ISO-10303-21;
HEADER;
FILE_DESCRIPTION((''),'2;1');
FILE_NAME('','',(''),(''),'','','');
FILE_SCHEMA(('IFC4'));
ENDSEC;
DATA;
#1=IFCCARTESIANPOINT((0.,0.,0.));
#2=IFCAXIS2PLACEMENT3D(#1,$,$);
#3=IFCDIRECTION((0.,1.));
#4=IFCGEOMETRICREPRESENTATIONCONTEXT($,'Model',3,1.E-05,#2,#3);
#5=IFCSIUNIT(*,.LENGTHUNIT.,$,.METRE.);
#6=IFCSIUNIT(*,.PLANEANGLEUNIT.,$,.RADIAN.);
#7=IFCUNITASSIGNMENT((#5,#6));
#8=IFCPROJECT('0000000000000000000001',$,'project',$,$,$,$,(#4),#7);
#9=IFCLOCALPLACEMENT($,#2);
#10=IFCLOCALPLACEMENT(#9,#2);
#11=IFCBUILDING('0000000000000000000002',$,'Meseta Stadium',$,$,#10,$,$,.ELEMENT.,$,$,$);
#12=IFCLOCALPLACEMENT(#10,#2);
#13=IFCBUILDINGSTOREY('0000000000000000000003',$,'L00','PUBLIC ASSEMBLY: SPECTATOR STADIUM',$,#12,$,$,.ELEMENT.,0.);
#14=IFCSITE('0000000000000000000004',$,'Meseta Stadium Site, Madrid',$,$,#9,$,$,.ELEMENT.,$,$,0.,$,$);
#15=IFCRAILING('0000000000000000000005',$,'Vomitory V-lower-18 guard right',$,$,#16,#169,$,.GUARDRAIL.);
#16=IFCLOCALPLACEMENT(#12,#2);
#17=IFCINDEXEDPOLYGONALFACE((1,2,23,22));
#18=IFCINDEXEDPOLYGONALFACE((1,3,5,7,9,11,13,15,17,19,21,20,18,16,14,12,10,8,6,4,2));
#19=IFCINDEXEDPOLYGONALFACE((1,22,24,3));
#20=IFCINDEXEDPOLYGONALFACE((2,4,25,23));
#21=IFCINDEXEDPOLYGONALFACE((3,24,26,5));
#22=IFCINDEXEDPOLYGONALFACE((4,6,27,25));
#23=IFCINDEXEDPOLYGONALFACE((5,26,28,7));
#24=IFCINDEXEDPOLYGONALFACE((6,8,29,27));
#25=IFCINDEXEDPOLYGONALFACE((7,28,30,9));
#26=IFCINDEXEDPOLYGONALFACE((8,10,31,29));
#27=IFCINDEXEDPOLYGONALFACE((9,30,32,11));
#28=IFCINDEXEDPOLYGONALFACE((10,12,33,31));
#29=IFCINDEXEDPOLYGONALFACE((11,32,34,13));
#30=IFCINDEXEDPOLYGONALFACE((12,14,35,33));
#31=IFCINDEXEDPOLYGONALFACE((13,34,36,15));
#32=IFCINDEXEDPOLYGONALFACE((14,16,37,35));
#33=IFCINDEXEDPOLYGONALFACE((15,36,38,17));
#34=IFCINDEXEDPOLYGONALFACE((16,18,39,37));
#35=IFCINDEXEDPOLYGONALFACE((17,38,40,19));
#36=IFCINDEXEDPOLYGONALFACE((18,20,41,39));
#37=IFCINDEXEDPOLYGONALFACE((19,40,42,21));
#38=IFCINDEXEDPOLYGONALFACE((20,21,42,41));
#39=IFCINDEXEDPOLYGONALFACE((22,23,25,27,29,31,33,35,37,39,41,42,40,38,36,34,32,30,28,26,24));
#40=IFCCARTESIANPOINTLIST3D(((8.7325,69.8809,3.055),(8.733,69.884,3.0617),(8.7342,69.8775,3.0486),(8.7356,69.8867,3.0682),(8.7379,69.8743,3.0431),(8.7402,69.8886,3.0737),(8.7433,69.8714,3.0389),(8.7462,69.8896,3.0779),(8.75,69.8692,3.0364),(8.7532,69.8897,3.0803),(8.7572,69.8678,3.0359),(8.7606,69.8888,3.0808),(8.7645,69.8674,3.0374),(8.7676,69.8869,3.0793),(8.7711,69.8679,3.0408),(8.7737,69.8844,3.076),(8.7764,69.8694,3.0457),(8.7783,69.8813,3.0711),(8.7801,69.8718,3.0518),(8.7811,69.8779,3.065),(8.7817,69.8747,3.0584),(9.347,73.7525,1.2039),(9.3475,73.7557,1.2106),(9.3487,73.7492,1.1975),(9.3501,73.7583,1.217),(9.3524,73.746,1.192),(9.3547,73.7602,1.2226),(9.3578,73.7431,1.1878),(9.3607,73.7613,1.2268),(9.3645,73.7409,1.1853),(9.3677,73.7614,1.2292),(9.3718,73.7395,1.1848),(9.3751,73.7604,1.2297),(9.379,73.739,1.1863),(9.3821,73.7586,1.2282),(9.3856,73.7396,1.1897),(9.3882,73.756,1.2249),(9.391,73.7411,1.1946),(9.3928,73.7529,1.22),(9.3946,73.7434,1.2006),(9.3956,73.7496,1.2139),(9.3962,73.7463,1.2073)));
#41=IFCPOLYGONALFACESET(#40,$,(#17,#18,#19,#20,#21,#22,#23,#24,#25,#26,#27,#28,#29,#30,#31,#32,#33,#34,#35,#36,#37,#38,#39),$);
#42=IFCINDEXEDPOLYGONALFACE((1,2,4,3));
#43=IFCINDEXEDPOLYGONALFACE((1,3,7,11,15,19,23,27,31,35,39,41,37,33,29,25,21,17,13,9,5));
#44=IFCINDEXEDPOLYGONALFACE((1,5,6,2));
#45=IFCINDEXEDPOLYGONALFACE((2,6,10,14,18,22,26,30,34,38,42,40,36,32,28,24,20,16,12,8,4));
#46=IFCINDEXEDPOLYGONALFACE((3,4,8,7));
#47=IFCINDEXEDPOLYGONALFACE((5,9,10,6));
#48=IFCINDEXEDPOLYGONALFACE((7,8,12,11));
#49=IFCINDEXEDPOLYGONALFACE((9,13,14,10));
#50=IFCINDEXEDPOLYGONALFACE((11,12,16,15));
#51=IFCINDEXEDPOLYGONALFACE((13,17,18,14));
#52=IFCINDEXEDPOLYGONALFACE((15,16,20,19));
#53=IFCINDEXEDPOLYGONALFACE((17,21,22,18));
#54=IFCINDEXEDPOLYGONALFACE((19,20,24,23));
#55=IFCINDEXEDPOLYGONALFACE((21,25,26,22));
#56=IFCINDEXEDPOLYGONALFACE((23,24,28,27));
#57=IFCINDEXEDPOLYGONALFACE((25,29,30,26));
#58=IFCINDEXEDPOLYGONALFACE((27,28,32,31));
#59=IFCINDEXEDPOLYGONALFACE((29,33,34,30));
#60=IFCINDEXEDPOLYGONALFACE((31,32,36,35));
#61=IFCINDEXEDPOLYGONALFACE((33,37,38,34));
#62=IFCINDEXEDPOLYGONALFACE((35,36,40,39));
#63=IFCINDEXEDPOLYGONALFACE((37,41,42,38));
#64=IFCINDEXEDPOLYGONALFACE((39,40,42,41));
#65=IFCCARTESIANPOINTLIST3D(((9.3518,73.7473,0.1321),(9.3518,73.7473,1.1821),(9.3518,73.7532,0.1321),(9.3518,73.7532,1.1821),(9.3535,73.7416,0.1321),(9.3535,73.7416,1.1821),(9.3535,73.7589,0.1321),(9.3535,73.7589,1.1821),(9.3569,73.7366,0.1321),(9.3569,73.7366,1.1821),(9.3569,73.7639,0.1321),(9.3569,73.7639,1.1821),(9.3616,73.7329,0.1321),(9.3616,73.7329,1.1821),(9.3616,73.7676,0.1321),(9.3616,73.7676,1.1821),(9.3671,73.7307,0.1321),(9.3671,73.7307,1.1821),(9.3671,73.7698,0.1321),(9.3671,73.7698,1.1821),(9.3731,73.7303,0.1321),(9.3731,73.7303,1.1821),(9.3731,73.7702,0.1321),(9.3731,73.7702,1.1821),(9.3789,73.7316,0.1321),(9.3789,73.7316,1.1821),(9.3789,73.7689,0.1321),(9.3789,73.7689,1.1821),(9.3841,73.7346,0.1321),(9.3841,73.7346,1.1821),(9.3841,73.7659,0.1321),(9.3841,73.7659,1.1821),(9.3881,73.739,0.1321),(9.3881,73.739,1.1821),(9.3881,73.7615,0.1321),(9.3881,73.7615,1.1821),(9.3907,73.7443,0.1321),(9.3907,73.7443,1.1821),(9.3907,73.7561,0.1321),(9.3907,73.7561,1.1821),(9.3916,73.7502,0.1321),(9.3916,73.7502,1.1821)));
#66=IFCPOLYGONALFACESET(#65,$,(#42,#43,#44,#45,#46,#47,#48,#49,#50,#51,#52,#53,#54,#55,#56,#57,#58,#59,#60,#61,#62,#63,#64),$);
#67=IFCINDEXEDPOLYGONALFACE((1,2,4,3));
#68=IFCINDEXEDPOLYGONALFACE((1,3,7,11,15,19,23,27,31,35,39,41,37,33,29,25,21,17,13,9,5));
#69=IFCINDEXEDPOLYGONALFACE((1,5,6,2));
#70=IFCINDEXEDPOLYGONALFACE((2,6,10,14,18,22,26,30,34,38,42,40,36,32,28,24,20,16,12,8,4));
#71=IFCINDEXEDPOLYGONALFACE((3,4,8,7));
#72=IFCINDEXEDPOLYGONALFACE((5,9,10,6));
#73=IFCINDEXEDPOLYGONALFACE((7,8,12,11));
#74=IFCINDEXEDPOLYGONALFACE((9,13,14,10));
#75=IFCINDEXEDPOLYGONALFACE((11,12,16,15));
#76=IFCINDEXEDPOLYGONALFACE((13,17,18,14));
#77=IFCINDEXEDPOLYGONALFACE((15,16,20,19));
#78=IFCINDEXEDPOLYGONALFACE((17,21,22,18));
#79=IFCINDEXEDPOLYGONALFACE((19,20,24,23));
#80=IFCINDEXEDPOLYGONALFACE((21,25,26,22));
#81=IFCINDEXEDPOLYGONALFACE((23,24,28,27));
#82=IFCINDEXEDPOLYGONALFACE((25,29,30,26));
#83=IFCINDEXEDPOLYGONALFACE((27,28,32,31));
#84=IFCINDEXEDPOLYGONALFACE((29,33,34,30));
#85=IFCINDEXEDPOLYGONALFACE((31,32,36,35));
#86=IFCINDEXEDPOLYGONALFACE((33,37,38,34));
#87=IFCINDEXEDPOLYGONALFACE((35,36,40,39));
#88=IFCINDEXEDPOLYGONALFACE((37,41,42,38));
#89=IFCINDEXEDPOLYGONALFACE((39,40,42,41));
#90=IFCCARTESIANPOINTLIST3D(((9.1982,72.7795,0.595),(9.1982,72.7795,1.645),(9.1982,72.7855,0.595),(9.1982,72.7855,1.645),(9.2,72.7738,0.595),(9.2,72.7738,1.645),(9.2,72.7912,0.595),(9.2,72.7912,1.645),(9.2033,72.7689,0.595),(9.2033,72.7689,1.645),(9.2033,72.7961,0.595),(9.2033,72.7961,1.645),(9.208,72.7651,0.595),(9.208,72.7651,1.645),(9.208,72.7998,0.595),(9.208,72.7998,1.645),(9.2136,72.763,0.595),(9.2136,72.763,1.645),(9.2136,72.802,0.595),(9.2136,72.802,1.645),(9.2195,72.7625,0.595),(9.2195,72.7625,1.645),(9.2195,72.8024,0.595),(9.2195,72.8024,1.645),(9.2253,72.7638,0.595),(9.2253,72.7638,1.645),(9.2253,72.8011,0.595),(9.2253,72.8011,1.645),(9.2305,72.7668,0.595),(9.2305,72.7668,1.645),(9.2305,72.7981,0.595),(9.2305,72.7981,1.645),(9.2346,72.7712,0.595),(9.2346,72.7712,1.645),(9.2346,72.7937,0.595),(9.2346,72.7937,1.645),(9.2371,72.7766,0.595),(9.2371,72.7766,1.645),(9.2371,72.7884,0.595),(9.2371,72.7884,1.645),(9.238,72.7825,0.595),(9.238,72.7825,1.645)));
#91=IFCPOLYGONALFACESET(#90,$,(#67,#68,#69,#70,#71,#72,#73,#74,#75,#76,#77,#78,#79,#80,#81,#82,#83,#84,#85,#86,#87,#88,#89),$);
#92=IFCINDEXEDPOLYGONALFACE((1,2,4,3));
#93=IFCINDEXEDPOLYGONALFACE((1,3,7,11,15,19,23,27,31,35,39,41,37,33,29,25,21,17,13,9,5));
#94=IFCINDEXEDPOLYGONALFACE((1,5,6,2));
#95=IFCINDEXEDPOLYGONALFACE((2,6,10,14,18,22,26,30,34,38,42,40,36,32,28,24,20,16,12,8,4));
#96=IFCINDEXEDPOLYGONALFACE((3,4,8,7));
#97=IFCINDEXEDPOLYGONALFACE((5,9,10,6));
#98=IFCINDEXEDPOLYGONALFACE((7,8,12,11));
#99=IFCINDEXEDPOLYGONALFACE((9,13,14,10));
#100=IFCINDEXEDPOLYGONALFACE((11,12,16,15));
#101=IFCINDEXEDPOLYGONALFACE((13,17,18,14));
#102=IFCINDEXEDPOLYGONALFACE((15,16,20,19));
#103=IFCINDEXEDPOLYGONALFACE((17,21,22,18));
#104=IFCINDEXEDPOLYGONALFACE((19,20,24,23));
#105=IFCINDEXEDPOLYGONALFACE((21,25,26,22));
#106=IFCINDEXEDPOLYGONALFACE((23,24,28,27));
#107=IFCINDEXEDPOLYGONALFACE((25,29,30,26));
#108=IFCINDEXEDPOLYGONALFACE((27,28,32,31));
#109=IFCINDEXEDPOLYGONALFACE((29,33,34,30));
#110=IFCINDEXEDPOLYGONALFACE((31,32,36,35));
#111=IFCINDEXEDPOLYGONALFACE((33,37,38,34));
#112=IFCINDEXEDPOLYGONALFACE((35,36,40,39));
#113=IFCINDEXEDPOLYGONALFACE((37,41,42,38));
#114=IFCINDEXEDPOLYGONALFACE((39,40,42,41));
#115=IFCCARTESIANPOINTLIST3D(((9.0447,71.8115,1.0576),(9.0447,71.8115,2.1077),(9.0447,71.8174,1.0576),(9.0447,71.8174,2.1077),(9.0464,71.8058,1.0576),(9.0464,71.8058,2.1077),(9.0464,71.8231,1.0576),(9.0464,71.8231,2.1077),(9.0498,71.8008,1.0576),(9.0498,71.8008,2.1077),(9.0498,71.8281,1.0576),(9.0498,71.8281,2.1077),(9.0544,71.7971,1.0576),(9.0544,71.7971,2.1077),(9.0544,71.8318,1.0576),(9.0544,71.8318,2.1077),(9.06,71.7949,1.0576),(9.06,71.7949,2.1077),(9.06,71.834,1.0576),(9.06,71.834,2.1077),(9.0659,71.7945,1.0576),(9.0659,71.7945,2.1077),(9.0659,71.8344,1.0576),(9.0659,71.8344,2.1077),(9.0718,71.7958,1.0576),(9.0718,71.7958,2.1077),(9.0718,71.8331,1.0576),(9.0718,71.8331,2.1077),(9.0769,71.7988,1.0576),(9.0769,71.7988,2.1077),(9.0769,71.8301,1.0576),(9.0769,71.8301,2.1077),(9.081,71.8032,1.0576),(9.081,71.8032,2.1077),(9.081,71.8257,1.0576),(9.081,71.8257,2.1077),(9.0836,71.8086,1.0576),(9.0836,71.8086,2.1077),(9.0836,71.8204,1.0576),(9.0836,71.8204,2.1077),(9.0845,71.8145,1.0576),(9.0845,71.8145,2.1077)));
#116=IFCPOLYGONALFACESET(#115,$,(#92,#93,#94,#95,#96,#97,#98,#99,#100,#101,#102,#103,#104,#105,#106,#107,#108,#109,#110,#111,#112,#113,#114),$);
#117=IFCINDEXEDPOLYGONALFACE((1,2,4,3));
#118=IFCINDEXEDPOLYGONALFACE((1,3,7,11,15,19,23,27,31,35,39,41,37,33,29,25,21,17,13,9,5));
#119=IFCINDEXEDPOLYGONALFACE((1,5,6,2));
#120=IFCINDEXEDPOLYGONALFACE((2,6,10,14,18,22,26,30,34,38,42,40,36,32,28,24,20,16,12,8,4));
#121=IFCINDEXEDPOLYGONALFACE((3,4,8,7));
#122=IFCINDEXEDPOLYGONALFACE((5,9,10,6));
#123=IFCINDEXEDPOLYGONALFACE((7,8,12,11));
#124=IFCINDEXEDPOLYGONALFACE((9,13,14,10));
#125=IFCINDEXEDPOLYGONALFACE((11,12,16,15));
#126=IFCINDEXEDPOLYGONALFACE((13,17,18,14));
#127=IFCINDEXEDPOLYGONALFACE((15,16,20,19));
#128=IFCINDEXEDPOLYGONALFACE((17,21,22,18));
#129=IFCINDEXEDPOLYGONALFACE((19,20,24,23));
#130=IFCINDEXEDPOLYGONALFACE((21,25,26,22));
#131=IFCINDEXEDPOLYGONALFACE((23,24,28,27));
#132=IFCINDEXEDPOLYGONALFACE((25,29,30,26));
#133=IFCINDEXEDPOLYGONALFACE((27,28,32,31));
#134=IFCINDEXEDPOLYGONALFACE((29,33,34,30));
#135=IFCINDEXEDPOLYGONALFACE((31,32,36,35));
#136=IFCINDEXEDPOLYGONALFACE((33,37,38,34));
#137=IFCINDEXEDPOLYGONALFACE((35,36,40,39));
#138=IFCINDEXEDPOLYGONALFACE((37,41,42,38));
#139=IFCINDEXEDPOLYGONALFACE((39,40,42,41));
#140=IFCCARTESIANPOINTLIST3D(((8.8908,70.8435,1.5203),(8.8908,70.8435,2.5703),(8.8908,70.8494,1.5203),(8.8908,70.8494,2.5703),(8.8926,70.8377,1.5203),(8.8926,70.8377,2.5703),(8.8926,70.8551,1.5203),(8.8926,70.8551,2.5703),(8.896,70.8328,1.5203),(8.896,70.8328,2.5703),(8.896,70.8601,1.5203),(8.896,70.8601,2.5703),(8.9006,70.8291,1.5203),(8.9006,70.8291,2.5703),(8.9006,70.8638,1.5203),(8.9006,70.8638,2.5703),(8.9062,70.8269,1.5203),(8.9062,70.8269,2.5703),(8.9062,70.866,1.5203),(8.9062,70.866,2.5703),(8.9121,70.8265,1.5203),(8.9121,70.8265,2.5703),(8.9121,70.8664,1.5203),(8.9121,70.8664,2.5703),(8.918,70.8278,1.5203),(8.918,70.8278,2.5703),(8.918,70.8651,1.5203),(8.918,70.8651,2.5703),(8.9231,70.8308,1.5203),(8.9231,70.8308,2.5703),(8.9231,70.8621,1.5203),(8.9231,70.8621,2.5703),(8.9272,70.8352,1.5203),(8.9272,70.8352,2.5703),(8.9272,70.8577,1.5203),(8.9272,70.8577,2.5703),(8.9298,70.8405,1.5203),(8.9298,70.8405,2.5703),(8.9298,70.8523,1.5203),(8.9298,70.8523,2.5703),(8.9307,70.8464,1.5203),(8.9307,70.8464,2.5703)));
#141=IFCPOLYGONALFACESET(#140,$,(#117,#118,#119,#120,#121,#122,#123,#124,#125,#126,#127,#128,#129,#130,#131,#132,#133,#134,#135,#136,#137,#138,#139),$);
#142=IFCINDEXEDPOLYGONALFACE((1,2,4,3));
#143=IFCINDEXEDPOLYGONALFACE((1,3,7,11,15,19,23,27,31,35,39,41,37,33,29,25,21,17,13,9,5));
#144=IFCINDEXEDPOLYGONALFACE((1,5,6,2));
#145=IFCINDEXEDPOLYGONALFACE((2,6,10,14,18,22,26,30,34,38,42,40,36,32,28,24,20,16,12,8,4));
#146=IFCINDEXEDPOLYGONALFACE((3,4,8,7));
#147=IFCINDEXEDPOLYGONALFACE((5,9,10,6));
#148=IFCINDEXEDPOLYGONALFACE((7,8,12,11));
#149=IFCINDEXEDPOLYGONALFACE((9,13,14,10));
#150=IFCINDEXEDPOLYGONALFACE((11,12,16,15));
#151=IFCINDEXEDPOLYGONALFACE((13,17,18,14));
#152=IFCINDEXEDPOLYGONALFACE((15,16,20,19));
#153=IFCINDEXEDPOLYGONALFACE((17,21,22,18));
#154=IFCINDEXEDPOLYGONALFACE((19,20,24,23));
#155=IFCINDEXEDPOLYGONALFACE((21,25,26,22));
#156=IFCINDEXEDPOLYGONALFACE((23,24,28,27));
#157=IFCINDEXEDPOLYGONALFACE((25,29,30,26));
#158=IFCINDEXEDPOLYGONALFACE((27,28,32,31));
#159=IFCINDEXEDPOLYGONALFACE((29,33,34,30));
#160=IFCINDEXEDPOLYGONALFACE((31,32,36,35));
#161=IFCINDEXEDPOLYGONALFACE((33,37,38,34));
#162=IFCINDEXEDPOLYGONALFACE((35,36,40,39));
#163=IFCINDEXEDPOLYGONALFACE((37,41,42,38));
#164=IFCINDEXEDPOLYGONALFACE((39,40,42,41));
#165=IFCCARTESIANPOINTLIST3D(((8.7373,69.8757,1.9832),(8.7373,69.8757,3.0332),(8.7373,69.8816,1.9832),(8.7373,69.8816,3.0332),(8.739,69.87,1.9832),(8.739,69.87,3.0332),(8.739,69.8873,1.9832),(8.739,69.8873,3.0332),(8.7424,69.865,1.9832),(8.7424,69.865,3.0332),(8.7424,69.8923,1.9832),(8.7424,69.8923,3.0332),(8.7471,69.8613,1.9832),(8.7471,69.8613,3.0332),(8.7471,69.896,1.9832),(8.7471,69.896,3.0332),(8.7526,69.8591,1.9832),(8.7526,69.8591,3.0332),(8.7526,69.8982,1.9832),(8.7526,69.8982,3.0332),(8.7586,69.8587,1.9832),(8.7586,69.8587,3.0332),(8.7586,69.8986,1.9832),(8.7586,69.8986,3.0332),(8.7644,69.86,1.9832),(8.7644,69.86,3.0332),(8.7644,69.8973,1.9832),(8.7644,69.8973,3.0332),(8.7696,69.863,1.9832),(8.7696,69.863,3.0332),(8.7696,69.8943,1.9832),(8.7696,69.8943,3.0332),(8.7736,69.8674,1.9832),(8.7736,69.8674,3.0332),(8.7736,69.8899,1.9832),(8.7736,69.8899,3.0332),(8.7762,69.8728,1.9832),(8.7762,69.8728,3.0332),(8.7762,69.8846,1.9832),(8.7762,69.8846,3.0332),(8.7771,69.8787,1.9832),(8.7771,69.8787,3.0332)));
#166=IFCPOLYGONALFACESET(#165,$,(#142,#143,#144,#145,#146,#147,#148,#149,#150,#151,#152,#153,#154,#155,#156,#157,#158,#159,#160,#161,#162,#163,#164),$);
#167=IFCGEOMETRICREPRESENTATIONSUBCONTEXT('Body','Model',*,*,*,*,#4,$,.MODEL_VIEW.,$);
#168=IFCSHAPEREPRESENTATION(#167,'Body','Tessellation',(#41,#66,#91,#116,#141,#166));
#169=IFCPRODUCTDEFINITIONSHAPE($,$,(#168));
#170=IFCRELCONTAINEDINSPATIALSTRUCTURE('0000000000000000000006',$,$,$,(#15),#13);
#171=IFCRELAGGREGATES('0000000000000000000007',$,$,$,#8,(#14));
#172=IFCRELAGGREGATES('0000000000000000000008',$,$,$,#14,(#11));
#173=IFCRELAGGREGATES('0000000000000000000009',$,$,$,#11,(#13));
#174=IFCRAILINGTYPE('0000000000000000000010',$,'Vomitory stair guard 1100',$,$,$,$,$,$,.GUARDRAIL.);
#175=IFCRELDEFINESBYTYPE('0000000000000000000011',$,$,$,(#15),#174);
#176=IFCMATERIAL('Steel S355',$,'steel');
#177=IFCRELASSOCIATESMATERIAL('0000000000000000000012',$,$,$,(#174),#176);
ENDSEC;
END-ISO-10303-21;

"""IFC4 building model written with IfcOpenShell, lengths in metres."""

from ifc_helpers import new_model, si_unit, direction, frame, origin, origin_2d, place, context, subcontext, project, spatial, circle, extrude, material, type_object, element, save


model = new_model("IFC4")

# Units and contexts
model_context = context("Model", 3, precision=1e-05, world=origin(), true_north=direction((0.0, 1.0)))
body_context = subcontext(model_context, "Body", "Model", "MODEL_VIEW")
ifc_project = project(units=[si_unit("LENGTHUNIT", "METRE"), si_unit("PLANEANGLEUNIT", "RADIAN")], contexts=[model_context])

# Site, building, storey
site_placement = place(None, origin())
site = spatial("IfcSite", under=ifc_project, at=site_placement, Name="Meseta Stadium Site, Madrid", CompositionType="ELEMENT", RefElevation=0.0)
building_placement = place(site_placement, origin())
building = spatial("IfcBuilding", under=site, at=building_placement, Name="Meseta Stadium", CompositionType="ELEMENT")
storey_placement = place(building_placement, origin())
storey = spatial("IfcBuildingStorey", under=building, at=storey_placement, Name="L00", Description="PUBLIC ASSEMBLY: SPECTATOR STADIUM", CompositionType="ELEMENT", Elevation=0.0)

# Railing
ifc_material_1 = material(Name="Steel S355", Category="steel")
railing_type_1 = type_object("IfcRailingType", Name="Vomitory stair guard 1100", PredefinedType="GUARDRAIL", material=ifc_material_1)
for number, where, name in (
    (1, (9.3716, 73.7502, 0.1321), "Vomitory V-lower-18 guard right"),
):
    element("IfcRailing", number, at=place(storey_placement, frame(where)), inside=storey, type_object=railing_type_1, Name=name, PredefinedType="GUARDRAIL", context=body_context, shape_type="SweptSolid", body=[
        extrude(circle(Radius=0.0249, at=origin_2d()), frame((0.0, 0.0, 1.0752), z_axis=(-0.14175, -0.893074, 0.426995), x_axis=(0.987637, -0.156759, 0.0)), (0.0, 0.0, 1.0), 4.3352),
        extrude(circle(Radius=0.02, at=origin_2d()), origin(), (0.0, 0.0, 1.0), 1.05),
        extrude(circle(Radius=0.02, at=origin_2d()), frame((-0.1536, -0.9678, 0.4629)), (0.0, 0.0, 1.0), 1.05),
        extrude(circle(Radius=0.02, at=origin_2d()), frame((-0.3071, -1.9358, 0.9255)), (0.0, 0.0, 1.0), 1.05),
        extrude(circle(Radius=0.02, at=origin_2d()), frame((-0.4609, -2.9038, 1.3882)), (0.0, 0.0, 1.0), 1.05),
        extrude(circle(Radius=0.02, at=origin_2d()), frame((-0.6145, -3.8716, 1.8511)), (0.0, 0.0, 1.0), 1.05),
    ])

save(model, "model.ifc")
